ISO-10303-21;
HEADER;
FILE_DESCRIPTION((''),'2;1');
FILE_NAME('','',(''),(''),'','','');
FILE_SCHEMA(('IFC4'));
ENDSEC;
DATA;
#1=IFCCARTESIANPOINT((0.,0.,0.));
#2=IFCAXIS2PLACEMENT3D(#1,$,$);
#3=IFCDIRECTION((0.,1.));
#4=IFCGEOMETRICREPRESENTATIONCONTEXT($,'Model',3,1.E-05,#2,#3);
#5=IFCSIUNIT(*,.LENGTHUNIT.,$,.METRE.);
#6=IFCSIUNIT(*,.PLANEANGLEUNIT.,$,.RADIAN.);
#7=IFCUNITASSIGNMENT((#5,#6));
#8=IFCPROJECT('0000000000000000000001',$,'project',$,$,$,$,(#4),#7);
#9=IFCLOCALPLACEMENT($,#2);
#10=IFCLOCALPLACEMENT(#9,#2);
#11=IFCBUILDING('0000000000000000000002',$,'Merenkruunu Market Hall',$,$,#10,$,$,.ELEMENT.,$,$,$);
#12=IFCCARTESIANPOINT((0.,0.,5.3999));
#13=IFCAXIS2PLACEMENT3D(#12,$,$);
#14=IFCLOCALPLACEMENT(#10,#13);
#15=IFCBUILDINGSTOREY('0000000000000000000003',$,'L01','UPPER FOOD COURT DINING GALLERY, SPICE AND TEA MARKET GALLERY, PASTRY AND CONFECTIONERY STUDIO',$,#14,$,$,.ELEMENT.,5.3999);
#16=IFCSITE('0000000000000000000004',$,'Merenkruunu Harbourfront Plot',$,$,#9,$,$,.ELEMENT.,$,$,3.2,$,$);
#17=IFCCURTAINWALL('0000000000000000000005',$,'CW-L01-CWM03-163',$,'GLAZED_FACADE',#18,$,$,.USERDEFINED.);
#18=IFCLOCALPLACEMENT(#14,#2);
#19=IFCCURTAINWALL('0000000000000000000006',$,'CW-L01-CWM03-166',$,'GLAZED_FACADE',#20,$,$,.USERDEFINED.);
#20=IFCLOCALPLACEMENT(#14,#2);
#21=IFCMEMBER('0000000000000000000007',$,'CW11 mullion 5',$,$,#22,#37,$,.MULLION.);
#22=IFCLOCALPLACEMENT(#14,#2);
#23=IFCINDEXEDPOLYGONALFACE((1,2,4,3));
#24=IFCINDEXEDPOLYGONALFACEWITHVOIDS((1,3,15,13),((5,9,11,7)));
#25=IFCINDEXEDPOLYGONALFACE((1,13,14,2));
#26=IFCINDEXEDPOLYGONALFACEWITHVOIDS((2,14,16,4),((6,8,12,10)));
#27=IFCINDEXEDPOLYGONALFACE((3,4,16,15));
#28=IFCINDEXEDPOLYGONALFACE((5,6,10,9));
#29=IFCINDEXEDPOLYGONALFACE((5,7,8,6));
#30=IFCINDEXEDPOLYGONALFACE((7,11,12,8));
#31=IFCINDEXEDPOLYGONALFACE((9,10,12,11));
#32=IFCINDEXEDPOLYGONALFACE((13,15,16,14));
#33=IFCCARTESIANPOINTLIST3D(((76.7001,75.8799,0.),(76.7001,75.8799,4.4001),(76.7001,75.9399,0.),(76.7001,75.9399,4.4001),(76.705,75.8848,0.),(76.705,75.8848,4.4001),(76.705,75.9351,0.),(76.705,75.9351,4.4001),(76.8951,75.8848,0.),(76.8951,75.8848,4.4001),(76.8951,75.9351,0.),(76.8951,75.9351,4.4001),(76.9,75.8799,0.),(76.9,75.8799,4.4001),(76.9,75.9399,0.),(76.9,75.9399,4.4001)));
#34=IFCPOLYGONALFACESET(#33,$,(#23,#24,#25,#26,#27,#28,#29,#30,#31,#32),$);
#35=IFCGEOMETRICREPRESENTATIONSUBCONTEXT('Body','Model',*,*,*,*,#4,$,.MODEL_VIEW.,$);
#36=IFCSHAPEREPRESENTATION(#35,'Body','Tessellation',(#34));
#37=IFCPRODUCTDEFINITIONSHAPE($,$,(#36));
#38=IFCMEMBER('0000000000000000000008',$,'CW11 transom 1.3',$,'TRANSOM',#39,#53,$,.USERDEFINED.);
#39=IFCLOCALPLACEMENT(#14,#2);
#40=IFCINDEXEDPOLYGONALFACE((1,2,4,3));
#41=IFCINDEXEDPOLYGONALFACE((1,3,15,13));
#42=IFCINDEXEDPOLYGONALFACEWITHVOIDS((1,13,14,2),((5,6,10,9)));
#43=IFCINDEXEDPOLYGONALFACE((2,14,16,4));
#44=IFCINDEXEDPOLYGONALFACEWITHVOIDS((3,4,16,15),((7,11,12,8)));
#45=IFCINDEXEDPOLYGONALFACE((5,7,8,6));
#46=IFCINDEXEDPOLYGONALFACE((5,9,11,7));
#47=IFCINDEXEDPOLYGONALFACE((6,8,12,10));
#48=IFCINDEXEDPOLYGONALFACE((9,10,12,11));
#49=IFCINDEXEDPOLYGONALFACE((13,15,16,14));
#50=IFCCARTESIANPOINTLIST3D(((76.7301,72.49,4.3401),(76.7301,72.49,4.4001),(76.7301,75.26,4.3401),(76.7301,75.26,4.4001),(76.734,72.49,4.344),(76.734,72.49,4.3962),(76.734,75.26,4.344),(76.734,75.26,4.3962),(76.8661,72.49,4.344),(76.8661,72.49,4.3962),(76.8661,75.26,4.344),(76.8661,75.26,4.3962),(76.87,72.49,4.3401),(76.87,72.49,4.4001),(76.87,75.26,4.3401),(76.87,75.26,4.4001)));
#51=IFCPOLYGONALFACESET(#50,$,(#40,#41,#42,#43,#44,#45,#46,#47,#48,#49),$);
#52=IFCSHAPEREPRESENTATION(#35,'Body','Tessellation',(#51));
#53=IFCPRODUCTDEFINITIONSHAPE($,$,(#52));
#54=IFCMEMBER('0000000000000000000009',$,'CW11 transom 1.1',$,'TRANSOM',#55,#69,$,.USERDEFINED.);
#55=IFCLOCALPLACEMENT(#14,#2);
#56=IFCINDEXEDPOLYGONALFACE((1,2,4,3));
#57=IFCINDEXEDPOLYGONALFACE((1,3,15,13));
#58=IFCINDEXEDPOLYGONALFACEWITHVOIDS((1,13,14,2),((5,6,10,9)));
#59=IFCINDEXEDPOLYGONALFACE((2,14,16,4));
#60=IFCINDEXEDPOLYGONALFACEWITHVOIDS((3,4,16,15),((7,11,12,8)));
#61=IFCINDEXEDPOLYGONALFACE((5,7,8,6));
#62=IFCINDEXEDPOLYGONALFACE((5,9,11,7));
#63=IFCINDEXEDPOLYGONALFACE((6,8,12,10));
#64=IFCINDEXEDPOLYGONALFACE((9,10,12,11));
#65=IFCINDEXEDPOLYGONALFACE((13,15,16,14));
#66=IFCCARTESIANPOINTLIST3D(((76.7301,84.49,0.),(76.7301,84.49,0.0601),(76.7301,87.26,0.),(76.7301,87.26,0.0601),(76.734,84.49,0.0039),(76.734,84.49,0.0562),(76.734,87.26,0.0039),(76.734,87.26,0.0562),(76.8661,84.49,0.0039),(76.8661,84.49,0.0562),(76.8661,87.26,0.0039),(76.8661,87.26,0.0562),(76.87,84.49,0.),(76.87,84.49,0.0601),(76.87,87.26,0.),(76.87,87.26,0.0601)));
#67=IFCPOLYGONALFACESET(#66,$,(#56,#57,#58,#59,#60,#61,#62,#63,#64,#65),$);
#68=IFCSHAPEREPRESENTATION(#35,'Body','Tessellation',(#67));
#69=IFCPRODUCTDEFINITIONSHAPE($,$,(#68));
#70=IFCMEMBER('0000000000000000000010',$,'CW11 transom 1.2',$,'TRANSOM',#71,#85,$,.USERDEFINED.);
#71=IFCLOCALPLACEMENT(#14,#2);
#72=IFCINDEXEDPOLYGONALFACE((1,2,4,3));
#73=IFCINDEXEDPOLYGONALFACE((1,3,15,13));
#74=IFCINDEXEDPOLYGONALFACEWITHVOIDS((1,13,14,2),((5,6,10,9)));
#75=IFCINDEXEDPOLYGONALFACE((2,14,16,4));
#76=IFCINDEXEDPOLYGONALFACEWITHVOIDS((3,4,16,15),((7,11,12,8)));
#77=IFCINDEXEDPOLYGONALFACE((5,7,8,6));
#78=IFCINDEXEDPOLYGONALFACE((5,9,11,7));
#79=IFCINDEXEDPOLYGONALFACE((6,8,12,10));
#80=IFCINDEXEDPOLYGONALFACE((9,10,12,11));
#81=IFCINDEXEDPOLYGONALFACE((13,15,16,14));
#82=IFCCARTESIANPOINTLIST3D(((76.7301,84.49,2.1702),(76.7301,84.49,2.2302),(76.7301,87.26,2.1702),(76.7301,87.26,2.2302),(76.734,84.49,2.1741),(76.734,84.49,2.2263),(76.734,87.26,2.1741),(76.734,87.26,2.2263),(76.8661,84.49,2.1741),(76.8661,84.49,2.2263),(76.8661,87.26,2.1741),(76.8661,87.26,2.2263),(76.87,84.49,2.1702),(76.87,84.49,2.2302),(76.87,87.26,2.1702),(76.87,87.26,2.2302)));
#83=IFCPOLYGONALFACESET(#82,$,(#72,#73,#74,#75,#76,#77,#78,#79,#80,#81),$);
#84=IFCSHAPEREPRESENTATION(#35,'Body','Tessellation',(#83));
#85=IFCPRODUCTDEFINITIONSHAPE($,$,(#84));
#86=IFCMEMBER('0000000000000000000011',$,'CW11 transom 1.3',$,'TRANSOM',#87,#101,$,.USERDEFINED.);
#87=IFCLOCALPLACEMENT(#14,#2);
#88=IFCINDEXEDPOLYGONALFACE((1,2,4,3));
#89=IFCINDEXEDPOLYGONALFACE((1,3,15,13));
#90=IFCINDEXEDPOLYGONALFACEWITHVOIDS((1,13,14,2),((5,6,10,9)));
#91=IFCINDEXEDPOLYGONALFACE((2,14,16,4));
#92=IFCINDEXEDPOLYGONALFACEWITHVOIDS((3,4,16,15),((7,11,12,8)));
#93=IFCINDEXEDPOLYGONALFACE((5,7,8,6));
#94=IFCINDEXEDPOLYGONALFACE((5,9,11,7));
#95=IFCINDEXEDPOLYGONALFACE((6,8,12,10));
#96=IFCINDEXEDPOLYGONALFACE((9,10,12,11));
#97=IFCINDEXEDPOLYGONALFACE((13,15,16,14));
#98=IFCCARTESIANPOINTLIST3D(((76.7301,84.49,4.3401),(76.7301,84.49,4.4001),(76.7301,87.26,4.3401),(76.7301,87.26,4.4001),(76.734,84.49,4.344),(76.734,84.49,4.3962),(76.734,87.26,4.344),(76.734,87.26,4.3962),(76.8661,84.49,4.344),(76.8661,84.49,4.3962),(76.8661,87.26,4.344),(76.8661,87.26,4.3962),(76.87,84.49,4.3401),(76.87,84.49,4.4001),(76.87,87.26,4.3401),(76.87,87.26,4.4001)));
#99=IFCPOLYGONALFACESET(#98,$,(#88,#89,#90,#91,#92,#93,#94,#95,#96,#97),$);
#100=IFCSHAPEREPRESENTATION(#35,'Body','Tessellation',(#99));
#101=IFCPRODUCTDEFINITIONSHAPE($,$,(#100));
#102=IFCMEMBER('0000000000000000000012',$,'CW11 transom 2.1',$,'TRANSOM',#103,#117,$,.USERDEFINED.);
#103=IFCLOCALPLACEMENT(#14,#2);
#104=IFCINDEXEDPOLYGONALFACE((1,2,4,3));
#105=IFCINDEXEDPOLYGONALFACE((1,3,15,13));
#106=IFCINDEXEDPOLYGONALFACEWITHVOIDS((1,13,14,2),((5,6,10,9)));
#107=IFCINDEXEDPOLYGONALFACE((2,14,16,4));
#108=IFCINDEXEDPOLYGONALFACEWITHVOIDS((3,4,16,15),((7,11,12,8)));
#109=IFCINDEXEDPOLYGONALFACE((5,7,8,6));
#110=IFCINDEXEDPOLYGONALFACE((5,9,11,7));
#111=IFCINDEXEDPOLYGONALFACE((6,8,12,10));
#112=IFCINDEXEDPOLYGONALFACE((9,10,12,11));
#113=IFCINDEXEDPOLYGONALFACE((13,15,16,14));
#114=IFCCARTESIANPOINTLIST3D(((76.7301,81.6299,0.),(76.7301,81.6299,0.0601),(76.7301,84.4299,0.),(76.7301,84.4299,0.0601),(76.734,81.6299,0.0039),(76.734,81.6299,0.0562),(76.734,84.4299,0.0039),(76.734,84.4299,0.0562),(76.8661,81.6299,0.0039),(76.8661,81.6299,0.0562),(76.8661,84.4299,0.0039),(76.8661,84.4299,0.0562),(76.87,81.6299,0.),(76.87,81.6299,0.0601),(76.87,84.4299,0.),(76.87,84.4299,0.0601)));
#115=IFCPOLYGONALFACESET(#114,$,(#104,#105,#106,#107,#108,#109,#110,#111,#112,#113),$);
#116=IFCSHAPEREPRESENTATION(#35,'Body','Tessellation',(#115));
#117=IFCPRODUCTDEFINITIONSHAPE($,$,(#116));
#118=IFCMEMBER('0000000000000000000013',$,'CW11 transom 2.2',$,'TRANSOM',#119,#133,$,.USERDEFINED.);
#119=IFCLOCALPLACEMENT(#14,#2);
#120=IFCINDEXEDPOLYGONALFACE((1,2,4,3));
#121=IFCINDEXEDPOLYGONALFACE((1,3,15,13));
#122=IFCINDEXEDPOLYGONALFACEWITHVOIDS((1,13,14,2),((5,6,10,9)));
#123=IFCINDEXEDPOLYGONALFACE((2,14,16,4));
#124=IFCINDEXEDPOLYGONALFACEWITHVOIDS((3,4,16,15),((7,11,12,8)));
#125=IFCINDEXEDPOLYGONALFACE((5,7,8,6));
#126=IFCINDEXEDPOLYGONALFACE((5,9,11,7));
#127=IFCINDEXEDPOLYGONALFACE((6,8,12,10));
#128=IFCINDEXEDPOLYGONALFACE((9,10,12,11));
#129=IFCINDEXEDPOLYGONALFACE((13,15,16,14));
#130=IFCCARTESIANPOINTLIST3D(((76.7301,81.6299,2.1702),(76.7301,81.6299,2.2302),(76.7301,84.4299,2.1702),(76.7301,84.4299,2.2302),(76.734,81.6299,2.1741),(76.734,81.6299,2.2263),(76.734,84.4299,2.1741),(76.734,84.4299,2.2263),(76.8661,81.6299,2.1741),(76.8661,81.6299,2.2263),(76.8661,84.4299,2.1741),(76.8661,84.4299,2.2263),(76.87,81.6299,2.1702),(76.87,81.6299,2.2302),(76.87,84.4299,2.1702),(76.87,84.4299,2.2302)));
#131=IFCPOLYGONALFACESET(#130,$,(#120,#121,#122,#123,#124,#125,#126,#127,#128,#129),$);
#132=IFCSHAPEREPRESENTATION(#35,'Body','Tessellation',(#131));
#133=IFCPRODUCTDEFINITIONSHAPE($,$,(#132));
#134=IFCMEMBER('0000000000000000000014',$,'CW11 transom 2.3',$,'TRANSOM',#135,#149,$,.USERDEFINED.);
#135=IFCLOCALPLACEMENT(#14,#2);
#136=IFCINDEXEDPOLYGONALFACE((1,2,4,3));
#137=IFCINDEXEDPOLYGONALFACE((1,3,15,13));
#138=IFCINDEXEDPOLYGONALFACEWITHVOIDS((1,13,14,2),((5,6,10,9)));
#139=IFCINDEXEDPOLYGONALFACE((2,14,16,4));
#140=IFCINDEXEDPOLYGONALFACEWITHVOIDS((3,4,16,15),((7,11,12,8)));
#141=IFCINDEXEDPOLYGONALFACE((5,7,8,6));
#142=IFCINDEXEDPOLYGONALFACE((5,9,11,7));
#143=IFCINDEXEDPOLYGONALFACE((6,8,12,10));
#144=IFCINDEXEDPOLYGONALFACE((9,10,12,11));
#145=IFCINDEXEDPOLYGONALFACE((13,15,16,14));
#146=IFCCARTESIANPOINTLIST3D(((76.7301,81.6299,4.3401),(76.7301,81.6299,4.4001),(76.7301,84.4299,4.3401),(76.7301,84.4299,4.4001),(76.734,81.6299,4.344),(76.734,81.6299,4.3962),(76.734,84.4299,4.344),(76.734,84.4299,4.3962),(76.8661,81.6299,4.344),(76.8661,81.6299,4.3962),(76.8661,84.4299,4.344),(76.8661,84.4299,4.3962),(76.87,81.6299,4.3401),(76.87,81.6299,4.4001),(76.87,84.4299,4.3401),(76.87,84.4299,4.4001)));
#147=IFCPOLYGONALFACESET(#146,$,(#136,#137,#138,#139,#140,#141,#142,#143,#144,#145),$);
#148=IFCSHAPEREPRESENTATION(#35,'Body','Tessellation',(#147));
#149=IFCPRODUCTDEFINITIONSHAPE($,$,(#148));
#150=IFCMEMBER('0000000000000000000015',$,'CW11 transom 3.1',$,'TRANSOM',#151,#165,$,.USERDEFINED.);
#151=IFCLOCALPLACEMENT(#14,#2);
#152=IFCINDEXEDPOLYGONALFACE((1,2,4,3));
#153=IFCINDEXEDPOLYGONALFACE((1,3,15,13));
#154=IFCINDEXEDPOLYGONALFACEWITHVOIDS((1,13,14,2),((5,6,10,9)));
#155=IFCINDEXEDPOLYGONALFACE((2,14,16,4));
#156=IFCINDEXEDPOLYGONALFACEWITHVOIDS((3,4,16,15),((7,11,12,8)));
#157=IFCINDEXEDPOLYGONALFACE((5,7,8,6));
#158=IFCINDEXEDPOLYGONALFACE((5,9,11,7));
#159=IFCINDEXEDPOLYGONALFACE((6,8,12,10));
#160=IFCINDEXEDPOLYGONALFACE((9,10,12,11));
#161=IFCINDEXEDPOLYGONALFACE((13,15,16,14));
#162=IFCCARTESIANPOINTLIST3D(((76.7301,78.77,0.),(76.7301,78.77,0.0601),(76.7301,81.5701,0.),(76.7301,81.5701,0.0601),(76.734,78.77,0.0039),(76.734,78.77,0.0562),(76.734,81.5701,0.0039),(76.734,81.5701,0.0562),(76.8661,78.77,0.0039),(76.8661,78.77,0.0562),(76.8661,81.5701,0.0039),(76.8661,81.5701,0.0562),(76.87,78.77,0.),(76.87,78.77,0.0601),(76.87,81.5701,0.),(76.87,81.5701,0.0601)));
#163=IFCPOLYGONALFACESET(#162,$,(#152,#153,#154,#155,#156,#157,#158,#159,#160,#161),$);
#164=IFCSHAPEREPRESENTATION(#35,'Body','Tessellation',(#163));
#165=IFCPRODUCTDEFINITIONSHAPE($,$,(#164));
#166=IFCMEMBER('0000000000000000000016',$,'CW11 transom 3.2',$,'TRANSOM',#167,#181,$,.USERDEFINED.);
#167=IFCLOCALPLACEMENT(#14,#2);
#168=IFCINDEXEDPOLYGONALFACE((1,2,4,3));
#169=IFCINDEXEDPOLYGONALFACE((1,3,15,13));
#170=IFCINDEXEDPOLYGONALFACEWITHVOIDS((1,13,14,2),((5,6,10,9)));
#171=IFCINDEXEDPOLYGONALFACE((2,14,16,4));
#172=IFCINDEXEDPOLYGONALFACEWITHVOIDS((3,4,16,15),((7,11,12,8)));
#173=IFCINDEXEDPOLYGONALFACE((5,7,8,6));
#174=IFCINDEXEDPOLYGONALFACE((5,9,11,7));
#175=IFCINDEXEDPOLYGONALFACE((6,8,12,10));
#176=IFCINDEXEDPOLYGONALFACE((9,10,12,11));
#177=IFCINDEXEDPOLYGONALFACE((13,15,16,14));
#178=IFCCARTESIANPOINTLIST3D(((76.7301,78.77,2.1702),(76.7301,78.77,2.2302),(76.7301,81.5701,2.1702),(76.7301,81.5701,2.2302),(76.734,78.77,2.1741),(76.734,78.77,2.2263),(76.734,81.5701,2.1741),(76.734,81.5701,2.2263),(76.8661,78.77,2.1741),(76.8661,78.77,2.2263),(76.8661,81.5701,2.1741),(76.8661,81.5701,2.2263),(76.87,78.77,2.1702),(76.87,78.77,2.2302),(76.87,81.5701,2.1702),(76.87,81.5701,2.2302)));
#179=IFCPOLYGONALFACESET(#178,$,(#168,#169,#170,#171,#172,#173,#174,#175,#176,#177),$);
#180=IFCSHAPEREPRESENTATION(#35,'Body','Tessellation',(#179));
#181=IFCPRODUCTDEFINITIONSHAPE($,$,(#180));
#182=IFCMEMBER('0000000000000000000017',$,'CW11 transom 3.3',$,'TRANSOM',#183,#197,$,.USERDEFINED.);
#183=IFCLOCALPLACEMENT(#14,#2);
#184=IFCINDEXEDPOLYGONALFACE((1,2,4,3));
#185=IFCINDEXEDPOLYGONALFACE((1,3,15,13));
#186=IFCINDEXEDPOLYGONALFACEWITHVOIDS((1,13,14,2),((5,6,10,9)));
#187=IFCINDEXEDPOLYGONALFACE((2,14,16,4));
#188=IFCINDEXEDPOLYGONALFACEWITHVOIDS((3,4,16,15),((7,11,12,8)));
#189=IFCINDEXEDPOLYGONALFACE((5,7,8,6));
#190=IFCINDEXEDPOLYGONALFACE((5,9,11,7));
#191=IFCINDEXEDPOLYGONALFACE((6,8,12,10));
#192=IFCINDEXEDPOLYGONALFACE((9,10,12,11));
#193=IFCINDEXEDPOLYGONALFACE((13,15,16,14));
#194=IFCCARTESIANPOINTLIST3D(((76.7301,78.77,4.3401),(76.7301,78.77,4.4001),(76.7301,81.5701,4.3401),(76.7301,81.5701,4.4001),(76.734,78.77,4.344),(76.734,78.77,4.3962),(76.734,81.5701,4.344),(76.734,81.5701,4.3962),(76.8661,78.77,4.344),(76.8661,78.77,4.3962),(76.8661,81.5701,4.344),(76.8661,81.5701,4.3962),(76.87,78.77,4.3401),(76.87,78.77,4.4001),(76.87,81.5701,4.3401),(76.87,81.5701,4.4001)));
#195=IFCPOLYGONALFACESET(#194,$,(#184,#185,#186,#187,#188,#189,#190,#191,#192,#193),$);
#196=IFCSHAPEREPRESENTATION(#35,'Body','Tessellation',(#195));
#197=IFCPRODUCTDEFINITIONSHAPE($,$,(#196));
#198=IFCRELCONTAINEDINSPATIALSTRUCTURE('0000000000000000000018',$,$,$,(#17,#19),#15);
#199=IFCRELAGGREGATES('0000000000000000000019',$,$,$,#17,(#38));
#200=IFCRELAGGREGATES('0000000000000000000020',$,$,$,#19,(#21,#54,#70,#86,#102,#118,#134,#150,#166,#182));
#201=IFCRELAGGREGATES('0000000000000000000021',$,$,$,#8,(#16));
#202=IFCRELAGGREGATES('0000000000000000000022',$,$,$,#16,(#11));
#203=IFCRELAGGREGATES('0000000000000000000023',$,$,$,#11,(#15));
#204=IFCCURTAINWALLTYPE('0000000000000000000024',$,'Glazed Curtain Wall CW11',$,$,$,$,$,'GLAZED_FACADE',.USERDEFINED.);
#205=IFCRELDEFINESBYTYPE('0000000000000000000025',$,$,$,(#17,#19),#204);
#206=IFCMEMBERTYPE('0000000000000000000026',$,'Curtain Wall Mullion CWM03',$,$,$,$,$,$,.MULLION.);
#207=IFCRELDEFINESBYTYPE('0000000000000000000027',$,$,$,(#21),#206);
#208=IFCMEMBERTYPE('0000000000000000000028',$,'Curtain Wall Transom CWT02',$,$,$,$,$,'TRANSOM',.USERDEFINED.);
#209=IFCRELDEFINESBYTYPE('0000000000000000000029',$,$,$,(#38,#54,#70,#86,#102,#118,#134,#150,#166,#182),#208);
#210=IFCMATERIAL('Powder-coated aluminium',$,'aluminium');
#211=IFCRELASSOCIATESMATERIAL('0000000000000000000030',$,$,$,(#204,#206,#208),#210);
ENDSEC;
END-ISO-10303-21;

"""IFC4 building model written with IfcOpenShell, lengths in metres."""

from ifc_helpers import new_model, si_unit, direction, frame, origin, origin_2d, place, context, subcontext, project, spatial, hollow_rectangle, extrude, material, material_profile, profile_set, type_object, element, aggregate, save


model = new_model("IFC4")

# Units and contexts
model_context = context("Model", 3, precision=1e-05, world=origin(), true_north=direction((0.0, 1.0)))
body_context = subcontext(model_context, "Body", "Model", "MODEL_VIEW")
ifc_project = project(units=[si_unit("LENGTHUNIT", "METRE"), si_unit("PLANEANGLEUNIT", "RADIAN")], contexts=[model_context])

# Site, building, storey
site_placement = place(None, origin())
site = spatial("IfcSite", under=ifc_project, at=site_placement, Name="Merenkruunu Harbourfront Plot", CompositionType="ELEMENT", RefElevation=3.2)
building_placement = place(site_placement, origin())
building = spatial("IfcBuilding", under=site, at=building_placement, Name="Merenkruunu Market Hall", CompositionType="ELEMENT")
storey_placement = place(building_placement, frame((0.0, 0.0, 5.3999)))
storey = spatial("IfcBuildingStorey", under=building, at=storey_placement, Name="L01", Description="UPPER FOOD COURT DINING GALLERY, SPICE AND TEA MARKET GALLERY, PASTRY AND CONFECTIONERY STUDIO", CompositionType="ELEMENT", Elevation=5.3999)

# Curtain wall
ifc_material_1 = material(Name="Powder-coated aluminium", Category="aluminium")
curtain_wall_type = type_object("IfcCurtainWallType", Name="Glazed Curtain Wall CW11", ElementType="GLAZED_FACADE", PredefinedType="USERDEFINED", material=ifc_material_1)
curtain_wall_1_placement = place(storey_placement, origin())
curtain_wall_1 = element("IfcCurtainWall", 1, at=curtain_wall_1_placement, inside=storey, type_object=curtain_wall_type, Name="CW-L01-CWM03-163", ObjectType="GLAZED_FACADE", PredefinedType="USERDEFINED")
ifc_material_profile_1 = material_profile(ifc_material_1, hollow_rectangle(XDim=0.0601, YDim=0.2, WallThickness=0.0049, at=origin_2d()), Name="ALU 60x200x5")
ifc_profile_set_1 = profile_set([ifc_material_profile_1], Name="Powder-coated aluminium")
member_type_1 = type_object("IfcMemberType", Name="Curtain Wall Mullion CWM03", PredefinedType="MULLION", material=ifc_profile_set_1)

# Curtain wall, member
curtain_wall_2_placement = place(storey_placement, origin())
curtain_wall_2 = element("IfcCurtainWall", 2, at=curtain_wall_2_placement, inside=storey, type_object=curtain_wall_type, Name="CW-L01-CWM03-166", ObjectType="GLAZED_FACADE", PredefinedType="USERDEFINED")
member_1_placement = place(storey_placement, frame((76.8, 75.9099, 0.0), z_axis=(0.0, 0.0, 1.0), x_axis=(0.0, -1.0, 0.0)))
member_1 = element("IfcMember", 3, at=member_1_placement, type_object=member_type_1, Name="CW11 mullion 5", PredefinedType="MULLION", context=body_context, shape_type="SweptSolid", body=[
    extrude(hollow_rectangle(XDim=0.0601, YDim=0.2, WallThickness=0.0049, at=origin_2d()), origin(), (0.0, 0.0, 1.0), 4.4001),
])

# Members
ifc_material_profile_2 = material_profile(ifc_material_1, hollow_rectangle(XDim=0.0601, YDim=0.1399, WallThickness=0.0039, at=origin_2d()), Name="ALU 60x140x4")
ifc_profile_set_2 = profile_set([ifc_material_profile_2], Name="Powder-coated aluminium")
member_type_2 = type_object("IfcMemberType", Name="Curtain Wall Transom CWT02", ElementType="TRANSOM", PredefinedType="USERDEFINED", material=ifc_profile_set_2)
member_2_placement = place(storey_placement, frame((76.8, 75.26, 4.3701), z_axis=(0.0, -1.0, 0.0), x_axis=(0.0, 0.0, 1.0)))
member_2 = element("IfcMember", 4, at=member_2_placement, type_object=member_type_2, Name="CW11 transom 1.3", ObjectType="TRANSOM", PredefinedType="USERDEFINED", context=body_context, shape_type="SweptSolid", body=[
    extrude(hollow_rectangle(XDim=0.0601, YDim=0.1399, WallThickness=0.0039, at=origin_2d()), origin(), (0.0, 0.0, 1.0), 2.77),
])
aggregate(curtain_wall_1, [member_2])
member_3_placement = place(storey_placement, frame((76.8, 87.26, 0.03), z_axis=(0.0, -1.0, 0.0), x_axis=(0.0, 0.0, 1.0)))
member_3 = element("IfcMember", 5, at=member_3_placement, type_object=member_type_2, Name="CW11 transom 1.1", ObjectType="TRANSOM", PredefinedType="USERDEFINED", context=body_context, shape_type="SweptSolid", body=[
    extrude(hollow_rectangle(XDim=0.0601, YDim=0.1399, WallThickness=0.0039, at=origin_2d()), origin(), (0.0, 0.0, 1.0), 2.77),
])
member_4_placement = place(storey_placement, frame((76.8, 87.26, 2.2002), z_axis=(0.0, -1.0, 0.0), x_axis=(0.0, 0.0, 1.0)))
member_4 = element("IfcMember", 6, at=member_4_placement, type_object=member_type_2, Name="CW11 transom 1.2", ObjectType="TRANSOM", PredefinedType="USERDEFINED", context=body_context, shape_type="SweptSolid", body=[
    extrude(hollow_rectangle(XDim=0.0601, YDim=0.1399, WallThickness=0.0039, at=origin_2d()), origin(), (0.0, 0.0, 1.0), 2.77),
])
member_5_placement = place(storey_placement, frame((76.8, 87.26, 4.3701), z_axis=(0.0, -1.0, 0.0), x_axis=(0.0, 0.0, 1.0)))
member_5 = element("IfcMember", 7, at=member_5_placement, type_object=member_type_2, Name="CW11 transom 1.3", ObjectType="TRANSOM", PredefinedType="USERDEFINED", context=body_context, shape_type="SweptSolid", body=[
    extrude(hollow_rectangle(XDim=0.0601, YDim=0.1399, WallThickness=0.0039, at=origin_2d()), origin(), (0.0, 0.0, 1.0), 2.77),
])
member_6_placement = place(storey_placement, frame((76.8, 84.4299, 0.03), z_axis=(0.0, -1.0, 0.0), x_axis=(0.0, 0.0, 1.0)))
member_6 = element("IfcMember", 8, at=member_6_placement, type_object=member_type_2, Name="CW11 transom 2.1", ObjectType="TRANSOM", PredefinedType="USERDEFINED", context=body_context, shape_type="SweptSolid", body=[
    extrude(hollow_rectangle(XDim=0.0601, YDim=0.1399, WallThickness=0.0039, at=origin_2d()), origin(), (0.0, 0.0, 1.0), 2.8),
])
member_7_placement = place(storey_placement, frame((76.8, 84.4299, 2.2002), z_axis=(0.0, -1.0, 0.0), x_axis=(0.0, 0.0, 1.0)))
member_7 = element("IfcMember", 9, at=member_7_placement, type_object=member_type_2, Name="CW11 transom 2.2", ObjectType="TRANSOM", PredefinedType="USERDEFINED", context=body_context, shape_type="SweptSolid", body=[
    extrude(hollow_rectangle(XDim=0.0601, YDim=0.1399, WallThickness=0.0039, at=origin_2d()), origin(), (0.0, 0.0, 1.0), 2.8),
])
member_8_placement = place(storey_placement, frame((76.8, 84.4299, 4.3701), z_axis=(0.0, -1.0, 0.0), x_axis=(0.0, 0.0, 1.0)))
member_8 = element("IfcMember", 10, at=member_8_placement, type_object=member_type_2, Name="CW11 transom 2.3", ObjectType="TRANSOM", PredefinedType="USERDEFINED", context=body_context, shape_type="SweptSolid", body=[
    extrude(hollow_rectangle(XDim=0.0601, YDim=0.1399, WallThickness=0.0039, at=origin_2d()), origin(), (0.0, 0.0, 1.0), 2.8),
])
member_9_placement = place(storey_placement, frame((76.8, 81.5701, 0.03), z_axis=(0.0, -1.0, 0.0), x_axis=(0.0, 0.0, 1.0)))
member_9 = element("IfcMember", 11, at=member_9_placement, type_object=member_type_2, Name="CW11 transom 3.1", ObjectType="TRANSOM", PredefinedType="USERDEFINED", context=body_context, shape_type="SweptSolid", body=[
    extrude(hollow_rectangle(XDim=0.0601, YDim=0.1399, WallThickness=0.0039, at=origin_2d()), origin(), (0.0, 0.0, 1.0), 2.8),
])
member_10_placement = place(storey_placement, frame((76.8, 81.5701, 2.2002), z_axis=(0.0, -1.0, 0.0), x_axis=(0.0, 0.0, 1.0)))
member_10 = element("IfcMember", 12, at=member_10_placement, type_object=member_type_2, Name="CW11 transom 3.2", ObjectType="TRANSOM", PredefinedType="USERDEFINED", context=body_context, shape_type="SweptSolid", body=[
    extrude(hollow_rectangle(XDim=0.0601, YDim=0.1399, WallThickness=0.0039, at=origin_2d()), origin(), (0.0, 0.0, 1.0), 2.8),
])
member_11_placement = place(storey_placement, frame((76.8, 81.5701, 4.3701), z_axis=(0.0, -1.0, 0.0), x_axis=(0.0, 0.0, 1.0)))
member_11 = element("IfcMember", 13, at=member_11_placement, type_object=member_type_2, Name="CW11 transom 3.3", ObjectType="TRANSOM", PredefinedType="USERDEFINED", context=body_context, shape_type="SweptSolid", body=[
    extrude(hollow_rectangle(XDim=0.0601, YDim=0.1399, WallThickness=0.0039, at=origin_2d()), origin(), (0.0, 0.0, 1.0), 2.8),
])

aggregate(curtain_wall_2, [member_1, member_3, member_4, member_5, member_6, member_7, member_8, member_9, member_10, member_11])

save(model, "model.ifc")
